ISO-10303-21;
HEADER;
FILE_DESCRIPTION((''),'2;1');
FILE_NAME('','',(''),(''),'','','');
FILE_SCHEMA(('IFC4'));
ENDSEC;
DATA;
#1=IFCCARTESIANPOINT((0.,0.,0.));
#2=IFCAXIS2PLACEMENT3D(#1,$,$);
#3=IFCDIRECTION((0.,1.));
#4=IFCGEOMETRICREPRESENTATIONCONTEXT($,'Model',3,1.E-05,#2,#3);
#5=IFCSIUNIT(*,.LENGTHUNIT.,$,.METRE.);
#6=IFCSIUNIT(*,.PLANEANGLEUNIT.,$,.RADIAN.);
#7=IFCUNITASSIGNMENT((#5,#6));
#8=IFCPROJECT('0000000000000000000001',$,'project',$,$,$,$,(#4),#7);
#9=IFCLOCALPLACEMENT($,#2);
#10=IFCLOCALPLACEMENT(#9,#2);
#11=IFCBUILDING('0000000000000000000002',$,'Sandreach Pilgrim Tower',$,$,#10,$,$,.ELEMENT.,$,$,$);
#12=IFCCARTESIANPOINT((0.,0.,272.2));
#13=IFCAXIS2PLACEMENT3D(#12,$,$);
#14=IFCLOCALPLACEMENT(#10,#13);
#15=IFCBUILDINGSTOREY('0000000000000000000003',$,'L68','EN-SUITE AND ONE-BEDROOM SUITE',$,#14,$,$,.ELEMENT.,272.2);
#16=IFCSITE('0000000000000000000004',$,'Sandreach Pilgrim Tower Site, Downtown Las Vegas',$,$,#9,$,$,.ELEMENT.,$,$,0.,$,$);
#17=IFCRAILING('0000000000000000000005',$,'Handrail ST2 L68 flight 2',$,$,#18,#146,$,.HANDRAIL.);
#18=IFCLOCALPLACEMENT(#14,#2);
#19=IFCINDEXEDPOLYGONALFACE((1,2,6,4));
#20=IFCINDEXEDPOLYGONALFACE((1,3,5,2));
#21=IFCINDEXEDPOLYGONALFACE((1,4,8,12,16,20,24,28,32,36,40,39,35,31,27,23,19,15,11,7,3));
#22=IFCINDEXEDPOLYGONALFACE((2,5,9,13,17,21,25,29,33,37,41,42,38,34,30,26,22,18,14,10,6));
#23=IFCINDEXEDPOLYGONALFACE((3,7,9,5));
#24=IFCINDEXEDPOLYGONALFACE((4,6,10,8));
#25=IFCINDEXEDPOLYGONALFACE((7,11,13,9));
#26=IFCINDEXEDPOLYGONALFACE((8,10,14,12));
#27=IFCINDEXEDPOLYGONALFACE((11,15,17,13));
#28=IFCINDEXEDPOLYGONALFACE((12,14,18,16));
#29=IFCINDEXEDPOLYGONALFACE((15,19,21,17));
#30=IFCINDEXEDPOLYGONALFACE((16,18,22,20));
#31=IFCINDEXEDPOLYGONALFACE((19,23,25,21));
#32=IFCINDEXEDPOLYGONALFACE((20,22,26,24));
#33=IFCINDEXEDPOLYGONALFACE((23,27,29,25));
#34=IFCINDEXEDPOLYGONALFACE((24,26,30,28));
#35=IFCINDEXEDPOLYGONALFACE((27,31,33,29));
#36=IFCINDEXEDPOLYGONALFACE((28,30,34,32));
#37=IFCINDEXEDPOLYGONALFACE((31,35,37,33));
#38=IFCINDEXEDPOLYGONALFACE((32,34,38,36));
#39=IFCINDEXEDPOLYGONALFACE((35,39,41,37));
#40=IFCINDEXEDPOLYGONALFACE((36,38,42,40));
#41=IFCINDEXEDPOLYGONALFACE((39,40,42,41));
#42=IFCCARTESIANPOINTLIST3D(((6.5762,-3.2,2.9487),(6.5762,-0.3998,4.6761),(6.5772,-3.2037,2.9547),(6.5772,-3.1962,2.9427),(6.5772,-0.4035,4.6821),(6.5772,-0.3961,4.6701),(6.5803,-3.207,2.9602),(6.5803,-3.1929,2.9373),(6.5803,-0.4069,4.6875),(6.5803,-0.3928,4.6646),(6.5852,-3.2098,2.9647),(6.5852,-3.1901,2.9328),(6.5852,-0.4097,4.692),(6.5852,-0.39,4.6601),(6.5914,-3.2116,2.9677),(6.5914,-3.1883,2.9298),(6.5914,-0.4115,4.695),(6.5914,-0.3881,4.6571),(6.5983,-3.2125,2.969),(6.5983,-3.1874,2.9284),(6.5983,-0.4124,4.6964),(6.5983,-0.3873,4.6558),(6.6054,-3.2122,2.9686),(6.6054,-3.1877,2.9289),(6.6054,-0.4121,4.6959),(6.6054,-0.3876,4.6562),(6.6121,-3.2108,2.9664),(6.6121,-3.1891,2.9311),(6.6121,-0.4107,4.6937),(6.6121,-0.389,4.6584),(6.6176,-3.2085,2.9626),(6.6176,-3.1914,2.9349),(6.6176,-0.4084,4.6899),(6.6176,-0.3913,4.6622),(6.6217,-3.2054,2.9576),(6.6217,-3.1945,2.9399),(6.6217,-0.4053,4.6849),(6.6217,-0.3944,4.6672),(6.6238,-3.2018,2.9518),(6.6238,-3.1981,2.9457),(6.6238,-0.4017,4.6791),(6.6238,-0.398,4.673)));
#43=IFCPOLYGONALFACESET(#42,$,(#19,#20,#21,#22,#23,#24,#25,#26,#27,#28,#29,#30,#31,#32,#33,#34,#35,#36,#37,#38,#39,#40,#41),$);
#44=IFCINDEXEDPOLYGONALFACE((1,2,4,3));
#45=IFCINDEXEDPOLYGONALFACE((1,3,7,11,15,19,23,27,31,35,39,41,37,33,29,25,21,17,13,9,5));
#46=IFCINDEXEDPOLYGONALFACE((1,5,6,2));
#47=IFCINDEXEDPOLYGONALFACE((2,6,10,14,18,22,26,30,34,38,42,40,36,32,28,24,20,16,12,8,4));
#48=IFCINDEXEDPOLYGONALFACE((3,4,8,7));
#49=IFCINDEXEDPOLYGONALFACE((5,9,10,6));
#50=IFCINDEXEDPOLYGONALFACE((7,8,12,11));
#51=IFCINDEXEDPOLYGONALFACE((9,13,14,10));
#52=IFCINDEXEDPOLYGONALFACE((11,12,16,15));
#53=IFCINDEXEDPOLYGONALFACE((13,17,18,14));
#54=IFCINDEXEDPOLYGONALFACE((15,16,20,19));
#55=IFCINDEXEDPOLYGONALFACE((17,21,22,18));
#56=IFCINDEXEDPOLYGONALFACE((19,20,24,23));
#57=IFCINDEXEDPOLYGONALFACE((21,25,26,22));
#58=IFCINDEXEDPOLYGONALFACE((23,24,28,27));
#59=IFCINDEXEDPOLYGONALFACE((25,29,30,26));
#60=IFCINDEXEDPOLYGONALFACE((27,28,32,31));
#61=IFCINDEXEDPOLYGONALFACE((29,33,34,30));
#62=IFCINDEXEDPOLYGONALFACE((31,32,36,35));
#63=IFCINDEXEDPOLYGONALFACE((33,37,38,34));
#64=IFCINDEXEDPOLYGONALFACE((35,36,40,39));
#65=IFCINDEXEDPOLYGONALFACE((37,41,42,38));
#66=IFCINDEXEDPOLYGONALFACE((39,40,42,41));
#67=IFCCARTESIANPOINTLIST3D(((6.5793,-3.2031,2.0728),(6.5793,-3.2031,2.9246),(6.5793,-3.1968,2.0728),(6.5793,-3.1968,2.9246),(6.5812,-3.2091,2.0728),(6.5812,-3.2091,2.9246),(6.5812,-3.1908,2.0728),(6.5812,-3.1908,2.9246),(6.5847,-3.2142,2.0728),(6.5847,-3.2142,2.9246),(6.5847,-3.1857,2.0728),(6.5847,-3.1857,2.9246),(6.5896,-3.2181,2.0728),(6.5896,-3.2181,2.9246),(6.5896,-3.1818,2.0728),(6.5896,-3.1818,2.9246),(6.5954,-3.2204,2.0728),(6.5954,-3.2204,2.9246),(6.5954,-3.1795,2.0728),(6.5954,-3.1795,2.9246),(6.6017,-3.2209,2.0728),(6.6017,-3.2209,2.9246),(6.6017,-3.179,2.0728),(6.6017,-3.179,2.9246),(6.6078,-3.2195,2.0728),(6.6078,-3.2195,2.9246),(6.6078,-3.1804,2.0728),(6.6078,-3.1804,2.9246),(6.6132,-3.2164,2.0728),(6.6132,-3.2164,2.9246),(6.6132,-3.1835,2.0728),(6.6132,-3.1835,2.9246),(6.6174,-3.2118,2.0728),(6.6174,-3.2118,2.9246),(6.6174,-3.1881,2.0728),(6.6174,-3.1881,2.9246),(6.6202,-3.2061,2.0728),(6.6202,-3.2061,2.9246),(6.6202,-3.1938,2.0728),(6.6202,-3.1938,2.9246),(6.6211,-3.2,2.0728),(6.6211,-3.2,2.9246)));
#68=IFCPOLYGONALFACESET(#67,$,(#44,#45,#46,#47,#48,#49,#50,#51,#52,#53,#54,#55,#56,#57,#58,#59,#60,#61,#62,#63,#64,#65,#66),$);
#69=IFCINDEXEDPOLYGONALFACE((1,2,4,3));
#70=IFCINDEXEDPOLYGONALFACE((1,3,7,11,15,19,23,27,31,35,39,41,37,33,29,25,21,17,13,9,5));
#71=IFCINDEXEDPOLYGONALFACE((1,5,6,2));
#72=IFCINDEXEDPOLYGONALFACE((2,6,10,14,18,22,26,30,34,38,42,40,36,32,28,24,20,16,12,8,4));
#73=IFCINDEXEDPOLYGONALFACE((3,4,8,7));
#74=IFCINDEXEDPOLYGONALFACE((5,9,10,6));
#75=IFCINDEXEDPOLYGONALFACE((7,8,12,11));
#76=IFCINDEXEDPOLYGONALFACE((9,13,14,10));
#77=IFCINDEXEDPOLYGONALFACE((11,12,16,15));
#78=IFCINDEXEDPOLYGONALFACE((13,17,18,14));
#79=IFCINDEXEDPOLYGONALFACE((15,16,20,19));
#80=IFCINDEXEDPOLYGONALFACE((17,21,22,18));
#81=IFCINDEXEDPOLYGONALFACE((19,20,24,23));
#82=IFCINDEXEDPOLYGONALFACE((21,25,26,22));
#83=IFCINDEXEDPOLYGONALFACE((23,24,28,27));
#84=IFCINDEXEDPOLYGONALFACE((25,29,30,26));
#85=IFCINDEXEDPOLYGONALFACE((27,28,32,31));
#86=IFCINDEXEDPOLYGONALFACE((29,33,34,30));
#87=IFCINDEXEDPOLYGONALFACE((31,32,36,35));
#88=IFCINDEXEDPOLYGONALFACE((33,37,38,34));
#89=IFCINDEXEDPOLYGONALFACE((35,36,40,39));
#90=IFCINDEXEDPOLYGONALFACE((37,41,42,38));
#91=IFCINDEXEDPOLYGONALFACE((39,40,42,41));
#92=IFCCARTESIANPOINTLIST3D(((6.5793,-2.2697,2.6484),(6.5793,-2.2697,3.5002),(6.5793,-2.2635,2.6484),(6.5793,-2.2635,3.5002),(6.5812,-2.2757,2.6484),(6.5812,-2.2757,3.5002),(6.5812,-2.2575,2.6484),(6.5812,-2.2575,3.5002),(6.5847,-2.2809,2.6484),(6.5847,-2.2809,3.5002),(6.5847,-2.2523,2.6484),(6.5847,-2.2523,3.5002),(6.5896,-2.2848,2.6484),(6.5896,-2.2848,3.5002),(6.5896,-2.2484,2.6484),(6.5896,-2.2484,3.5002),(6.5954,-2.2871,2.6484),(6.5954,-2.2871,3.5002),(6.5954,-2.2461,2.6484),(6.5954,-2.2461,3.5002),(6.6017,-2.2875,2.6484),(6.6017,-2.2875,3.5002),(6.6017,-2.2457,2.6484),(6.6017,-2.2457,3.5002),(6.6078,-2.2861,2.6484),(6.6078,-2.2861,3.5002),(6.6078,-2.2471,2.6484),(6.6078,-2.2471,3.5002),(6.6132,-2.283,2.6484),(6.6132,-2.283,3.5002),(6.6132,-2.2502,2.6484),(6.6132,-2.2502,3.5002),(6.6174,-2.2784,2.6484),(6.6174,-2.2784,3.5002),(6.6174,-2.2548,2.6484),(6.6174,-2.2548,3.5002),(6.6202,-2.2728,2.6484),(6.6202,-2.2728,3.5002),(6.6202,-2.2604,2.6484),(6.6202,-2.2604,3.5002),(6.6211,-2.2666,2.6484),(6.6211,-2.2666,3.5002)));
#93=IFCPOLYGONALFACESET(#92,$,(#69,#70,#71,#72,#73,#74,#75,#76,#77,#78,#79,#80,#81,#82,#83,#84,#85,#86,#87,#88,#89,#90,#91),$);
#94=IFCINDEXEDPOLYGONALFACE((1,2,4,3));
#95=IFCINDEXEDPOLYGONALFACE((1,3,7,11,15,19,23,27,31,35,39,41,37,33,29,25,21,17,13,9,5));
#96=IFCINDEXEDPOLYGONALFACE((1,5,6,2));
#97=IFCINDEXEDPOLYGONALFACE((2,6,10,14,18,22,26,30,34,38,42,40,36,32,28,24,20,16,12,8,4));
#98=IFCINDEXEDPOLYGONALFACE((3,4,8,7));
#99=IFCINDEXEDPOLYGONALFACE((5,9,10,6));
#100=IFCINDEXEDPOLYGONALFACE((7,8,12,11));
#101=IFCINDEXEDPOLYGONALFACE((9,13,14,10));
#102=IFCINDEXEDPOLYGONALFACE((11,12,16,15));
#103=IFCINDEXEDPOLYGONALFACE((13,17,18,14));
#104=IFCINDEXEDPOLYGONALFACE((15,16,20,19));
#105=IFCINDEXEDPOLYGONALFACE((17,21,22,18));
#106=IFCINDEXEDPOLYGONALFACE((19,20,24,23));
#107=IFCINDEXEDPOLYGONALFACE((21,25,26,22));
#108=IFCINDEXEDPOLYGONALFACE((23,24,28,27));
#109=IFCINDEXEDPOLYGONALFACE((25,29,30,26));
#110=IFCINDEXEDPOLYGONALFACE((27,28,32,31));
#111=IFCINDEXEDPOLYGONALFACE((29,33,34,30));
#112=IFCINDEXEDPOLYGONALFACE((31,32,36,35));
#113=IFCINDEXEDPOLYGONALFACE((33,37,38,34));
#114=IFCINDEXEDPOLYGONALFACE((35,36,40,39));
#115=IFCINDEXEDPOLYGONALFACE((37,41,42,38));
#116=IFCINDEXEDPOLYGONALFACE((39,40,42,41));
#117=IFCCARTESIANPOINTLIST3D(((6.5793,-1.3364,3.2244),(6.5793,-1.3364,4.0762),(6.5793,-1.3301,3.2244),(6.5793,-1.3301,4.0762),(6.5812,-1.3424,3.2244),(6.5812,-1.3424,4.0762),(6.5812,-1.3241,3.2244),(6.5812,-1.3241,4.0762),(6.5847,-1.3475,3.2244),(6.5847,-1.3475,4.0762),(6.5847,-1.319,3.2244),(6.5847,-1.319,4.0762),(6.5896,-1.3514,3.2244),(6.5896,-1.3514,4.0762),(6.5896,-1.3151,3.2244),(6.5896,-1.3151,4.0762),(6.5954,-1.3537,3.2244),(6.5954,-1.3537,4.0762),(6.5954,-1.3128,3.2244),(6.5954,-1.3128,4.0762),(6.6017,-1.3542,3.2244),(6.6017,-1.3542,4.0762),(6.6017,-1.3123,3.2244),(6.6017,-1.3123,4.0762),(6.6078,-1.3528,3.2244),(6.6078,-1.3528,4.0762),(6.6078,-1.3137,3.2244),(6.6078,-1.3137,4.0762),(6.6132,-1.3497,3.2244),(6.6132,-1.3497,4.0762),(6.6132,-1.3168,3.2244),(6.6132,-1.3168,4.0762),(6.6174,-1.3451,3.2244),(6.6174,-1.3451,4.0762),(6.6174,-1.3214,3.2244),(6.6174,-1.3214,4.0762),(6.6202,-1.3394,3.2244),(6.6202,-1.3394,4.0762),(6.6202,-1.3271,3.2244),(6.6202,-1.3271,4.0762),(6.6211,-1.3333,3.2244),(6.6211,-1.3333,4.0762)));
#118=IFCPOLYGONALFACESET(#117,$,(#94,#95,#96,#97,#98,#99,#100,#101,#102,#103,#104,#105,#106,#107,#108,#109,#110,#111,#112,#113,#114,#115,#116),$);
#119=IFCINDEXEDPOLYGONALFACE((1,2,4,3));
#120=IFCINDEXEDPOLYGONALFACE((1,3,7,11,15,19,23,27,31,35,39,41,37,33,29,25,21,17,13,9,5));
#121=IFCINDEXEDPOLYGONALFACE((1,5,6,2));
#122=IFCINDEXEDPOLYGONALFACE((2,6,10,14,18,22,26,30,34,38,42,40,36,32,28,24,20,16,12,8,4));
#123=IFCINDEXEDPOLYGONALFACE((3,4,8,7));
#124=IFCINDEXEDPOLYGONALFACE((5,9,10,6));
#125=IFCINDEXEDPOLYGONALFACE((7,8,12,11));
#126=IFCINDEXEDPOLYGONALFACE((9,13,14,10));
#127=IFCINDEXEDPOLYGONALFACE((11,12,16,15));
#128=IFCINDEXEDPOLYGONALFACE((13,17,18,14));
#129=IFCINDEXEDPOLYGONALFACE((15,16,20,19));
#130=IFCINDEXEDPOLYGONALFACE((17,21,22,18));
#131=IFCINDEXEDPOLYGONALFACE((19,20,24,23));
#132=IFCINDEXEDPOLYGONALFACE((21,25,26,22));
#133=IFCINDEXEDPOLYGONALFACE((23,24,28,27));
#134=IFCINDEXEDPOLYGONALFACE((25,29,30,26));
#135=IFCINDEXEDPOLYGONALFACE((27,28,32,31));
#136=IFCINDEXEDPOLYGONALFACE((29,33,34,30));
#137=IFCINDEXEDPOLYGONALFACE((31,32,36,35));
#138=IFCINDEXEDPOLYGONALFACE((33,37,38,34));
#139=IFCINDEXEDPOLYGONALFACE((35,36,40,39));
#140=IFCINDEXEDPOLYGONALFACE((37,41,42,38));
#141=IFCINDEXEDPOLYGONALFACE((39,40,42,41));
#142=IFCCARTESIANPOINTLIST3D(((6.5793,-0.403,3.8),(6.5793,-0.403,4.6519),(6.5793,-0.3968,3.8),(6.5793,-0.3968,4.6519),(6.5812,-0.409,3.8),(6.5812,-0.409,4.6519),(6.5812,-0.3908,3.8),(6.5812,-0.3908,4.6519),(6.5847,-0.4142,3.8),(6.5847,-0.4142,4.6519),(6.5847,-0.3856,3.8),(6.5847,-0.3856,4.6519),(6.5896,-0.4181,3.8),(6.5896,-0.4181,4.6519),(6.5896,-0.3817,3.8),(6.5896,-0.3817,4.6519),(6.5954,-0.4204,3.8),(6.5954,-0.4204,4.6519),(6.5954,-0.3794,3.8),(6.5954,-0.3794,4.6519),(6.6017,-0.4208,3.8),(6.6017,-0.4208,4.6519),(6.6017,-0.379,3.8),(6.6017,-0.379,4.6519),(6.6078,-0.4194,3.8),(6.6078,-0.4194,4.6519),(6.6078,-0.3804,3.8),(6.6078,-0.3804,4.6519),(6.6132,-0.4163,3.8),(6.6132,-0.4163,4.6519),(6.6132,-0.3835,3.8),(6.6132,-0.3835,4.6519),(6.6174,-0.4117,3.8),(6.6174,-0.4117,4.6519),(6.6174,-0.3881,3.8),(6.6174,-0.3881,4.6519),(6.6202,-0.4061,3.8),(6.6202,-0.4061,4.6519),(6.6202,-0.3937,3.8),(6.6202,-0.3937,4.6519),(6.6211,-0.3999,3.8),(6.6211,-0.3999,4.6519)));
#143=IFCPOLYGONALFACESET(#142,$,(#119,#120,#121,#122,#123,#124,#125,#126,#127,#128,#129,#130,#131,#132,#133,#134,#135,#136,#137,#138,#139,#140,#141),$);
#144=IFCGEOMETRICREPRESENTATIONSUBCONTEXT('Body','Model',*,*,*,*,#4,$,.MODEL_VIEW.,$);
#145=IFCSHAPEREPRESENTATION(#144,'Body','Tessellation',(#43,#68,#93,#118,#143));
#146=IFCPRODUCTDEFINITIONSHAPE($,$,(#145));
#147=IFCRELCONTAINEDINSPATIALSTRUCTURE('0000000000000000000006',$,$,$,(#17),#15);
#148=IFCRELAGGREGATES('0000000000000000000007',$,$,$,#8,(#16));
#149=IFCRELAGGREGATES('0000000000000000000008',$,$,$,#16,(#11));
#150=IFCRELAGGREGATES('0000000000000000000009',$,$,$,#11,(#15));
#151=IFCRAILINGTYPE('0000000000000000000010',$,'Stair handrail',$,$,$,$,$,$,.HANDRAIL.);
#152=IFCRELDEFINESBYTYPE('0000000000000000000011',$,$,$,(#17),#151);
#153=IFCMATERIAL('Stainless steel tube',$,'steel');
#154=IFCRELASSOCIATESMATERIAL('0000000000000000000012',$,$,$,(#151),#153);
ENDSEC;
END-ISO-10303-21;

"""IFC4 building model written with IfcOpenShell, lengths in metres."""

from ifc_helpers import new_model, si_unit, direction, frame, origin, origin_2d, place, context, subcontext, project, spatial, circle, extrude, material, type_object, element, save


model = new_model("IFC4")

# Units and contexts
model_context = context("Model", 3, precision=1e-05, world=origin(), true_north=direction((0.0, 1.0)))
body_context = subcontext(model_context, "Body", "Model", "MODEL_VIEW")
ifc_project = project(units=[si_unit("LENGTHUNIT", "METRE"), si_unit("PLANEANGLEUNIT", "RADIAN")], contexts=[model_context])

# Site, building, storey
site_placement = place(None, origin())
site = spatial("IfcSite", under=ifc_project, at=site_placement, Name="Sandreach Pilgrim Tower Site, Downtown Las Vegas", CompositionType="ELEMENT", RefElevation=0.0)
building_placement = place(site_placement, origin())
building = spatial("IfcBuilding", under=site, at=building_placement, Name="Sandreach Pilgrim Tower", CompositionType="ELEMENT")
storey_placement = place(building_placement, frame((0.0, 0.0, 272.2)))
storey = spatial("IfcBuildingStorey", under=building, at=storey_placement, Name="L68", Description="EN-SUITE AND ONE-BEDROOM SUITE", CompositionType="ELEMENT", Elevation=272.2)

# Railing
ifc_material_1 = material(Name="Stainless steel tube", Category="steel")
railing_type = type_object("IfcRailingType", Name="Stair handrail", PredefinedType="HANDRAIL", material=ifc_material_1)
for number, where, name in (
    (1, (6.6001, -3.2, 2.0728), "Handrail ST2 L68 flight 2"),
):
    element("IfcRailing", number, at=place(storey_placement, frame(where)), inside=storey, type_object=railing_type, Name=name, PredefinedType="HANDRAIL", context=body_context, shape_type="SweptSolid", body=[
        extrude(circle(Radius=0.0239, at=origin_2d()), frame((0.0, 0.0, 0.876), z_axis=(0.0, 0.85109, 0.52502), x_axis=(-1.0, 0.0, 0.0)), (0.0, 0.0, 1.0), 3.29),
        extrude(circle(Radius=0.021, at=origin_2d()), origin(), (0.0, 0.0, 1.0), 0.8518),
        extrude(circle(Radius=0.021, at=origin_2d()), frame((0.0, 0.9333, 0.5757)), (0.0, 0.0, 1.0), 0.8518),
        extrude(circle(Radius=0.021, at=origin_2d()), frame((0.0, 1.8667, 1.1516)), (0.0, 0.0, 1.0), 0.8518),
        extrude(circle(Radius=0.021, at=origin_2d()), frame((0.0, 2.8, 1.7273)), (0.0, 0.0, 1.0), 0.8518),
    ])

save(model, "model.ifc")
